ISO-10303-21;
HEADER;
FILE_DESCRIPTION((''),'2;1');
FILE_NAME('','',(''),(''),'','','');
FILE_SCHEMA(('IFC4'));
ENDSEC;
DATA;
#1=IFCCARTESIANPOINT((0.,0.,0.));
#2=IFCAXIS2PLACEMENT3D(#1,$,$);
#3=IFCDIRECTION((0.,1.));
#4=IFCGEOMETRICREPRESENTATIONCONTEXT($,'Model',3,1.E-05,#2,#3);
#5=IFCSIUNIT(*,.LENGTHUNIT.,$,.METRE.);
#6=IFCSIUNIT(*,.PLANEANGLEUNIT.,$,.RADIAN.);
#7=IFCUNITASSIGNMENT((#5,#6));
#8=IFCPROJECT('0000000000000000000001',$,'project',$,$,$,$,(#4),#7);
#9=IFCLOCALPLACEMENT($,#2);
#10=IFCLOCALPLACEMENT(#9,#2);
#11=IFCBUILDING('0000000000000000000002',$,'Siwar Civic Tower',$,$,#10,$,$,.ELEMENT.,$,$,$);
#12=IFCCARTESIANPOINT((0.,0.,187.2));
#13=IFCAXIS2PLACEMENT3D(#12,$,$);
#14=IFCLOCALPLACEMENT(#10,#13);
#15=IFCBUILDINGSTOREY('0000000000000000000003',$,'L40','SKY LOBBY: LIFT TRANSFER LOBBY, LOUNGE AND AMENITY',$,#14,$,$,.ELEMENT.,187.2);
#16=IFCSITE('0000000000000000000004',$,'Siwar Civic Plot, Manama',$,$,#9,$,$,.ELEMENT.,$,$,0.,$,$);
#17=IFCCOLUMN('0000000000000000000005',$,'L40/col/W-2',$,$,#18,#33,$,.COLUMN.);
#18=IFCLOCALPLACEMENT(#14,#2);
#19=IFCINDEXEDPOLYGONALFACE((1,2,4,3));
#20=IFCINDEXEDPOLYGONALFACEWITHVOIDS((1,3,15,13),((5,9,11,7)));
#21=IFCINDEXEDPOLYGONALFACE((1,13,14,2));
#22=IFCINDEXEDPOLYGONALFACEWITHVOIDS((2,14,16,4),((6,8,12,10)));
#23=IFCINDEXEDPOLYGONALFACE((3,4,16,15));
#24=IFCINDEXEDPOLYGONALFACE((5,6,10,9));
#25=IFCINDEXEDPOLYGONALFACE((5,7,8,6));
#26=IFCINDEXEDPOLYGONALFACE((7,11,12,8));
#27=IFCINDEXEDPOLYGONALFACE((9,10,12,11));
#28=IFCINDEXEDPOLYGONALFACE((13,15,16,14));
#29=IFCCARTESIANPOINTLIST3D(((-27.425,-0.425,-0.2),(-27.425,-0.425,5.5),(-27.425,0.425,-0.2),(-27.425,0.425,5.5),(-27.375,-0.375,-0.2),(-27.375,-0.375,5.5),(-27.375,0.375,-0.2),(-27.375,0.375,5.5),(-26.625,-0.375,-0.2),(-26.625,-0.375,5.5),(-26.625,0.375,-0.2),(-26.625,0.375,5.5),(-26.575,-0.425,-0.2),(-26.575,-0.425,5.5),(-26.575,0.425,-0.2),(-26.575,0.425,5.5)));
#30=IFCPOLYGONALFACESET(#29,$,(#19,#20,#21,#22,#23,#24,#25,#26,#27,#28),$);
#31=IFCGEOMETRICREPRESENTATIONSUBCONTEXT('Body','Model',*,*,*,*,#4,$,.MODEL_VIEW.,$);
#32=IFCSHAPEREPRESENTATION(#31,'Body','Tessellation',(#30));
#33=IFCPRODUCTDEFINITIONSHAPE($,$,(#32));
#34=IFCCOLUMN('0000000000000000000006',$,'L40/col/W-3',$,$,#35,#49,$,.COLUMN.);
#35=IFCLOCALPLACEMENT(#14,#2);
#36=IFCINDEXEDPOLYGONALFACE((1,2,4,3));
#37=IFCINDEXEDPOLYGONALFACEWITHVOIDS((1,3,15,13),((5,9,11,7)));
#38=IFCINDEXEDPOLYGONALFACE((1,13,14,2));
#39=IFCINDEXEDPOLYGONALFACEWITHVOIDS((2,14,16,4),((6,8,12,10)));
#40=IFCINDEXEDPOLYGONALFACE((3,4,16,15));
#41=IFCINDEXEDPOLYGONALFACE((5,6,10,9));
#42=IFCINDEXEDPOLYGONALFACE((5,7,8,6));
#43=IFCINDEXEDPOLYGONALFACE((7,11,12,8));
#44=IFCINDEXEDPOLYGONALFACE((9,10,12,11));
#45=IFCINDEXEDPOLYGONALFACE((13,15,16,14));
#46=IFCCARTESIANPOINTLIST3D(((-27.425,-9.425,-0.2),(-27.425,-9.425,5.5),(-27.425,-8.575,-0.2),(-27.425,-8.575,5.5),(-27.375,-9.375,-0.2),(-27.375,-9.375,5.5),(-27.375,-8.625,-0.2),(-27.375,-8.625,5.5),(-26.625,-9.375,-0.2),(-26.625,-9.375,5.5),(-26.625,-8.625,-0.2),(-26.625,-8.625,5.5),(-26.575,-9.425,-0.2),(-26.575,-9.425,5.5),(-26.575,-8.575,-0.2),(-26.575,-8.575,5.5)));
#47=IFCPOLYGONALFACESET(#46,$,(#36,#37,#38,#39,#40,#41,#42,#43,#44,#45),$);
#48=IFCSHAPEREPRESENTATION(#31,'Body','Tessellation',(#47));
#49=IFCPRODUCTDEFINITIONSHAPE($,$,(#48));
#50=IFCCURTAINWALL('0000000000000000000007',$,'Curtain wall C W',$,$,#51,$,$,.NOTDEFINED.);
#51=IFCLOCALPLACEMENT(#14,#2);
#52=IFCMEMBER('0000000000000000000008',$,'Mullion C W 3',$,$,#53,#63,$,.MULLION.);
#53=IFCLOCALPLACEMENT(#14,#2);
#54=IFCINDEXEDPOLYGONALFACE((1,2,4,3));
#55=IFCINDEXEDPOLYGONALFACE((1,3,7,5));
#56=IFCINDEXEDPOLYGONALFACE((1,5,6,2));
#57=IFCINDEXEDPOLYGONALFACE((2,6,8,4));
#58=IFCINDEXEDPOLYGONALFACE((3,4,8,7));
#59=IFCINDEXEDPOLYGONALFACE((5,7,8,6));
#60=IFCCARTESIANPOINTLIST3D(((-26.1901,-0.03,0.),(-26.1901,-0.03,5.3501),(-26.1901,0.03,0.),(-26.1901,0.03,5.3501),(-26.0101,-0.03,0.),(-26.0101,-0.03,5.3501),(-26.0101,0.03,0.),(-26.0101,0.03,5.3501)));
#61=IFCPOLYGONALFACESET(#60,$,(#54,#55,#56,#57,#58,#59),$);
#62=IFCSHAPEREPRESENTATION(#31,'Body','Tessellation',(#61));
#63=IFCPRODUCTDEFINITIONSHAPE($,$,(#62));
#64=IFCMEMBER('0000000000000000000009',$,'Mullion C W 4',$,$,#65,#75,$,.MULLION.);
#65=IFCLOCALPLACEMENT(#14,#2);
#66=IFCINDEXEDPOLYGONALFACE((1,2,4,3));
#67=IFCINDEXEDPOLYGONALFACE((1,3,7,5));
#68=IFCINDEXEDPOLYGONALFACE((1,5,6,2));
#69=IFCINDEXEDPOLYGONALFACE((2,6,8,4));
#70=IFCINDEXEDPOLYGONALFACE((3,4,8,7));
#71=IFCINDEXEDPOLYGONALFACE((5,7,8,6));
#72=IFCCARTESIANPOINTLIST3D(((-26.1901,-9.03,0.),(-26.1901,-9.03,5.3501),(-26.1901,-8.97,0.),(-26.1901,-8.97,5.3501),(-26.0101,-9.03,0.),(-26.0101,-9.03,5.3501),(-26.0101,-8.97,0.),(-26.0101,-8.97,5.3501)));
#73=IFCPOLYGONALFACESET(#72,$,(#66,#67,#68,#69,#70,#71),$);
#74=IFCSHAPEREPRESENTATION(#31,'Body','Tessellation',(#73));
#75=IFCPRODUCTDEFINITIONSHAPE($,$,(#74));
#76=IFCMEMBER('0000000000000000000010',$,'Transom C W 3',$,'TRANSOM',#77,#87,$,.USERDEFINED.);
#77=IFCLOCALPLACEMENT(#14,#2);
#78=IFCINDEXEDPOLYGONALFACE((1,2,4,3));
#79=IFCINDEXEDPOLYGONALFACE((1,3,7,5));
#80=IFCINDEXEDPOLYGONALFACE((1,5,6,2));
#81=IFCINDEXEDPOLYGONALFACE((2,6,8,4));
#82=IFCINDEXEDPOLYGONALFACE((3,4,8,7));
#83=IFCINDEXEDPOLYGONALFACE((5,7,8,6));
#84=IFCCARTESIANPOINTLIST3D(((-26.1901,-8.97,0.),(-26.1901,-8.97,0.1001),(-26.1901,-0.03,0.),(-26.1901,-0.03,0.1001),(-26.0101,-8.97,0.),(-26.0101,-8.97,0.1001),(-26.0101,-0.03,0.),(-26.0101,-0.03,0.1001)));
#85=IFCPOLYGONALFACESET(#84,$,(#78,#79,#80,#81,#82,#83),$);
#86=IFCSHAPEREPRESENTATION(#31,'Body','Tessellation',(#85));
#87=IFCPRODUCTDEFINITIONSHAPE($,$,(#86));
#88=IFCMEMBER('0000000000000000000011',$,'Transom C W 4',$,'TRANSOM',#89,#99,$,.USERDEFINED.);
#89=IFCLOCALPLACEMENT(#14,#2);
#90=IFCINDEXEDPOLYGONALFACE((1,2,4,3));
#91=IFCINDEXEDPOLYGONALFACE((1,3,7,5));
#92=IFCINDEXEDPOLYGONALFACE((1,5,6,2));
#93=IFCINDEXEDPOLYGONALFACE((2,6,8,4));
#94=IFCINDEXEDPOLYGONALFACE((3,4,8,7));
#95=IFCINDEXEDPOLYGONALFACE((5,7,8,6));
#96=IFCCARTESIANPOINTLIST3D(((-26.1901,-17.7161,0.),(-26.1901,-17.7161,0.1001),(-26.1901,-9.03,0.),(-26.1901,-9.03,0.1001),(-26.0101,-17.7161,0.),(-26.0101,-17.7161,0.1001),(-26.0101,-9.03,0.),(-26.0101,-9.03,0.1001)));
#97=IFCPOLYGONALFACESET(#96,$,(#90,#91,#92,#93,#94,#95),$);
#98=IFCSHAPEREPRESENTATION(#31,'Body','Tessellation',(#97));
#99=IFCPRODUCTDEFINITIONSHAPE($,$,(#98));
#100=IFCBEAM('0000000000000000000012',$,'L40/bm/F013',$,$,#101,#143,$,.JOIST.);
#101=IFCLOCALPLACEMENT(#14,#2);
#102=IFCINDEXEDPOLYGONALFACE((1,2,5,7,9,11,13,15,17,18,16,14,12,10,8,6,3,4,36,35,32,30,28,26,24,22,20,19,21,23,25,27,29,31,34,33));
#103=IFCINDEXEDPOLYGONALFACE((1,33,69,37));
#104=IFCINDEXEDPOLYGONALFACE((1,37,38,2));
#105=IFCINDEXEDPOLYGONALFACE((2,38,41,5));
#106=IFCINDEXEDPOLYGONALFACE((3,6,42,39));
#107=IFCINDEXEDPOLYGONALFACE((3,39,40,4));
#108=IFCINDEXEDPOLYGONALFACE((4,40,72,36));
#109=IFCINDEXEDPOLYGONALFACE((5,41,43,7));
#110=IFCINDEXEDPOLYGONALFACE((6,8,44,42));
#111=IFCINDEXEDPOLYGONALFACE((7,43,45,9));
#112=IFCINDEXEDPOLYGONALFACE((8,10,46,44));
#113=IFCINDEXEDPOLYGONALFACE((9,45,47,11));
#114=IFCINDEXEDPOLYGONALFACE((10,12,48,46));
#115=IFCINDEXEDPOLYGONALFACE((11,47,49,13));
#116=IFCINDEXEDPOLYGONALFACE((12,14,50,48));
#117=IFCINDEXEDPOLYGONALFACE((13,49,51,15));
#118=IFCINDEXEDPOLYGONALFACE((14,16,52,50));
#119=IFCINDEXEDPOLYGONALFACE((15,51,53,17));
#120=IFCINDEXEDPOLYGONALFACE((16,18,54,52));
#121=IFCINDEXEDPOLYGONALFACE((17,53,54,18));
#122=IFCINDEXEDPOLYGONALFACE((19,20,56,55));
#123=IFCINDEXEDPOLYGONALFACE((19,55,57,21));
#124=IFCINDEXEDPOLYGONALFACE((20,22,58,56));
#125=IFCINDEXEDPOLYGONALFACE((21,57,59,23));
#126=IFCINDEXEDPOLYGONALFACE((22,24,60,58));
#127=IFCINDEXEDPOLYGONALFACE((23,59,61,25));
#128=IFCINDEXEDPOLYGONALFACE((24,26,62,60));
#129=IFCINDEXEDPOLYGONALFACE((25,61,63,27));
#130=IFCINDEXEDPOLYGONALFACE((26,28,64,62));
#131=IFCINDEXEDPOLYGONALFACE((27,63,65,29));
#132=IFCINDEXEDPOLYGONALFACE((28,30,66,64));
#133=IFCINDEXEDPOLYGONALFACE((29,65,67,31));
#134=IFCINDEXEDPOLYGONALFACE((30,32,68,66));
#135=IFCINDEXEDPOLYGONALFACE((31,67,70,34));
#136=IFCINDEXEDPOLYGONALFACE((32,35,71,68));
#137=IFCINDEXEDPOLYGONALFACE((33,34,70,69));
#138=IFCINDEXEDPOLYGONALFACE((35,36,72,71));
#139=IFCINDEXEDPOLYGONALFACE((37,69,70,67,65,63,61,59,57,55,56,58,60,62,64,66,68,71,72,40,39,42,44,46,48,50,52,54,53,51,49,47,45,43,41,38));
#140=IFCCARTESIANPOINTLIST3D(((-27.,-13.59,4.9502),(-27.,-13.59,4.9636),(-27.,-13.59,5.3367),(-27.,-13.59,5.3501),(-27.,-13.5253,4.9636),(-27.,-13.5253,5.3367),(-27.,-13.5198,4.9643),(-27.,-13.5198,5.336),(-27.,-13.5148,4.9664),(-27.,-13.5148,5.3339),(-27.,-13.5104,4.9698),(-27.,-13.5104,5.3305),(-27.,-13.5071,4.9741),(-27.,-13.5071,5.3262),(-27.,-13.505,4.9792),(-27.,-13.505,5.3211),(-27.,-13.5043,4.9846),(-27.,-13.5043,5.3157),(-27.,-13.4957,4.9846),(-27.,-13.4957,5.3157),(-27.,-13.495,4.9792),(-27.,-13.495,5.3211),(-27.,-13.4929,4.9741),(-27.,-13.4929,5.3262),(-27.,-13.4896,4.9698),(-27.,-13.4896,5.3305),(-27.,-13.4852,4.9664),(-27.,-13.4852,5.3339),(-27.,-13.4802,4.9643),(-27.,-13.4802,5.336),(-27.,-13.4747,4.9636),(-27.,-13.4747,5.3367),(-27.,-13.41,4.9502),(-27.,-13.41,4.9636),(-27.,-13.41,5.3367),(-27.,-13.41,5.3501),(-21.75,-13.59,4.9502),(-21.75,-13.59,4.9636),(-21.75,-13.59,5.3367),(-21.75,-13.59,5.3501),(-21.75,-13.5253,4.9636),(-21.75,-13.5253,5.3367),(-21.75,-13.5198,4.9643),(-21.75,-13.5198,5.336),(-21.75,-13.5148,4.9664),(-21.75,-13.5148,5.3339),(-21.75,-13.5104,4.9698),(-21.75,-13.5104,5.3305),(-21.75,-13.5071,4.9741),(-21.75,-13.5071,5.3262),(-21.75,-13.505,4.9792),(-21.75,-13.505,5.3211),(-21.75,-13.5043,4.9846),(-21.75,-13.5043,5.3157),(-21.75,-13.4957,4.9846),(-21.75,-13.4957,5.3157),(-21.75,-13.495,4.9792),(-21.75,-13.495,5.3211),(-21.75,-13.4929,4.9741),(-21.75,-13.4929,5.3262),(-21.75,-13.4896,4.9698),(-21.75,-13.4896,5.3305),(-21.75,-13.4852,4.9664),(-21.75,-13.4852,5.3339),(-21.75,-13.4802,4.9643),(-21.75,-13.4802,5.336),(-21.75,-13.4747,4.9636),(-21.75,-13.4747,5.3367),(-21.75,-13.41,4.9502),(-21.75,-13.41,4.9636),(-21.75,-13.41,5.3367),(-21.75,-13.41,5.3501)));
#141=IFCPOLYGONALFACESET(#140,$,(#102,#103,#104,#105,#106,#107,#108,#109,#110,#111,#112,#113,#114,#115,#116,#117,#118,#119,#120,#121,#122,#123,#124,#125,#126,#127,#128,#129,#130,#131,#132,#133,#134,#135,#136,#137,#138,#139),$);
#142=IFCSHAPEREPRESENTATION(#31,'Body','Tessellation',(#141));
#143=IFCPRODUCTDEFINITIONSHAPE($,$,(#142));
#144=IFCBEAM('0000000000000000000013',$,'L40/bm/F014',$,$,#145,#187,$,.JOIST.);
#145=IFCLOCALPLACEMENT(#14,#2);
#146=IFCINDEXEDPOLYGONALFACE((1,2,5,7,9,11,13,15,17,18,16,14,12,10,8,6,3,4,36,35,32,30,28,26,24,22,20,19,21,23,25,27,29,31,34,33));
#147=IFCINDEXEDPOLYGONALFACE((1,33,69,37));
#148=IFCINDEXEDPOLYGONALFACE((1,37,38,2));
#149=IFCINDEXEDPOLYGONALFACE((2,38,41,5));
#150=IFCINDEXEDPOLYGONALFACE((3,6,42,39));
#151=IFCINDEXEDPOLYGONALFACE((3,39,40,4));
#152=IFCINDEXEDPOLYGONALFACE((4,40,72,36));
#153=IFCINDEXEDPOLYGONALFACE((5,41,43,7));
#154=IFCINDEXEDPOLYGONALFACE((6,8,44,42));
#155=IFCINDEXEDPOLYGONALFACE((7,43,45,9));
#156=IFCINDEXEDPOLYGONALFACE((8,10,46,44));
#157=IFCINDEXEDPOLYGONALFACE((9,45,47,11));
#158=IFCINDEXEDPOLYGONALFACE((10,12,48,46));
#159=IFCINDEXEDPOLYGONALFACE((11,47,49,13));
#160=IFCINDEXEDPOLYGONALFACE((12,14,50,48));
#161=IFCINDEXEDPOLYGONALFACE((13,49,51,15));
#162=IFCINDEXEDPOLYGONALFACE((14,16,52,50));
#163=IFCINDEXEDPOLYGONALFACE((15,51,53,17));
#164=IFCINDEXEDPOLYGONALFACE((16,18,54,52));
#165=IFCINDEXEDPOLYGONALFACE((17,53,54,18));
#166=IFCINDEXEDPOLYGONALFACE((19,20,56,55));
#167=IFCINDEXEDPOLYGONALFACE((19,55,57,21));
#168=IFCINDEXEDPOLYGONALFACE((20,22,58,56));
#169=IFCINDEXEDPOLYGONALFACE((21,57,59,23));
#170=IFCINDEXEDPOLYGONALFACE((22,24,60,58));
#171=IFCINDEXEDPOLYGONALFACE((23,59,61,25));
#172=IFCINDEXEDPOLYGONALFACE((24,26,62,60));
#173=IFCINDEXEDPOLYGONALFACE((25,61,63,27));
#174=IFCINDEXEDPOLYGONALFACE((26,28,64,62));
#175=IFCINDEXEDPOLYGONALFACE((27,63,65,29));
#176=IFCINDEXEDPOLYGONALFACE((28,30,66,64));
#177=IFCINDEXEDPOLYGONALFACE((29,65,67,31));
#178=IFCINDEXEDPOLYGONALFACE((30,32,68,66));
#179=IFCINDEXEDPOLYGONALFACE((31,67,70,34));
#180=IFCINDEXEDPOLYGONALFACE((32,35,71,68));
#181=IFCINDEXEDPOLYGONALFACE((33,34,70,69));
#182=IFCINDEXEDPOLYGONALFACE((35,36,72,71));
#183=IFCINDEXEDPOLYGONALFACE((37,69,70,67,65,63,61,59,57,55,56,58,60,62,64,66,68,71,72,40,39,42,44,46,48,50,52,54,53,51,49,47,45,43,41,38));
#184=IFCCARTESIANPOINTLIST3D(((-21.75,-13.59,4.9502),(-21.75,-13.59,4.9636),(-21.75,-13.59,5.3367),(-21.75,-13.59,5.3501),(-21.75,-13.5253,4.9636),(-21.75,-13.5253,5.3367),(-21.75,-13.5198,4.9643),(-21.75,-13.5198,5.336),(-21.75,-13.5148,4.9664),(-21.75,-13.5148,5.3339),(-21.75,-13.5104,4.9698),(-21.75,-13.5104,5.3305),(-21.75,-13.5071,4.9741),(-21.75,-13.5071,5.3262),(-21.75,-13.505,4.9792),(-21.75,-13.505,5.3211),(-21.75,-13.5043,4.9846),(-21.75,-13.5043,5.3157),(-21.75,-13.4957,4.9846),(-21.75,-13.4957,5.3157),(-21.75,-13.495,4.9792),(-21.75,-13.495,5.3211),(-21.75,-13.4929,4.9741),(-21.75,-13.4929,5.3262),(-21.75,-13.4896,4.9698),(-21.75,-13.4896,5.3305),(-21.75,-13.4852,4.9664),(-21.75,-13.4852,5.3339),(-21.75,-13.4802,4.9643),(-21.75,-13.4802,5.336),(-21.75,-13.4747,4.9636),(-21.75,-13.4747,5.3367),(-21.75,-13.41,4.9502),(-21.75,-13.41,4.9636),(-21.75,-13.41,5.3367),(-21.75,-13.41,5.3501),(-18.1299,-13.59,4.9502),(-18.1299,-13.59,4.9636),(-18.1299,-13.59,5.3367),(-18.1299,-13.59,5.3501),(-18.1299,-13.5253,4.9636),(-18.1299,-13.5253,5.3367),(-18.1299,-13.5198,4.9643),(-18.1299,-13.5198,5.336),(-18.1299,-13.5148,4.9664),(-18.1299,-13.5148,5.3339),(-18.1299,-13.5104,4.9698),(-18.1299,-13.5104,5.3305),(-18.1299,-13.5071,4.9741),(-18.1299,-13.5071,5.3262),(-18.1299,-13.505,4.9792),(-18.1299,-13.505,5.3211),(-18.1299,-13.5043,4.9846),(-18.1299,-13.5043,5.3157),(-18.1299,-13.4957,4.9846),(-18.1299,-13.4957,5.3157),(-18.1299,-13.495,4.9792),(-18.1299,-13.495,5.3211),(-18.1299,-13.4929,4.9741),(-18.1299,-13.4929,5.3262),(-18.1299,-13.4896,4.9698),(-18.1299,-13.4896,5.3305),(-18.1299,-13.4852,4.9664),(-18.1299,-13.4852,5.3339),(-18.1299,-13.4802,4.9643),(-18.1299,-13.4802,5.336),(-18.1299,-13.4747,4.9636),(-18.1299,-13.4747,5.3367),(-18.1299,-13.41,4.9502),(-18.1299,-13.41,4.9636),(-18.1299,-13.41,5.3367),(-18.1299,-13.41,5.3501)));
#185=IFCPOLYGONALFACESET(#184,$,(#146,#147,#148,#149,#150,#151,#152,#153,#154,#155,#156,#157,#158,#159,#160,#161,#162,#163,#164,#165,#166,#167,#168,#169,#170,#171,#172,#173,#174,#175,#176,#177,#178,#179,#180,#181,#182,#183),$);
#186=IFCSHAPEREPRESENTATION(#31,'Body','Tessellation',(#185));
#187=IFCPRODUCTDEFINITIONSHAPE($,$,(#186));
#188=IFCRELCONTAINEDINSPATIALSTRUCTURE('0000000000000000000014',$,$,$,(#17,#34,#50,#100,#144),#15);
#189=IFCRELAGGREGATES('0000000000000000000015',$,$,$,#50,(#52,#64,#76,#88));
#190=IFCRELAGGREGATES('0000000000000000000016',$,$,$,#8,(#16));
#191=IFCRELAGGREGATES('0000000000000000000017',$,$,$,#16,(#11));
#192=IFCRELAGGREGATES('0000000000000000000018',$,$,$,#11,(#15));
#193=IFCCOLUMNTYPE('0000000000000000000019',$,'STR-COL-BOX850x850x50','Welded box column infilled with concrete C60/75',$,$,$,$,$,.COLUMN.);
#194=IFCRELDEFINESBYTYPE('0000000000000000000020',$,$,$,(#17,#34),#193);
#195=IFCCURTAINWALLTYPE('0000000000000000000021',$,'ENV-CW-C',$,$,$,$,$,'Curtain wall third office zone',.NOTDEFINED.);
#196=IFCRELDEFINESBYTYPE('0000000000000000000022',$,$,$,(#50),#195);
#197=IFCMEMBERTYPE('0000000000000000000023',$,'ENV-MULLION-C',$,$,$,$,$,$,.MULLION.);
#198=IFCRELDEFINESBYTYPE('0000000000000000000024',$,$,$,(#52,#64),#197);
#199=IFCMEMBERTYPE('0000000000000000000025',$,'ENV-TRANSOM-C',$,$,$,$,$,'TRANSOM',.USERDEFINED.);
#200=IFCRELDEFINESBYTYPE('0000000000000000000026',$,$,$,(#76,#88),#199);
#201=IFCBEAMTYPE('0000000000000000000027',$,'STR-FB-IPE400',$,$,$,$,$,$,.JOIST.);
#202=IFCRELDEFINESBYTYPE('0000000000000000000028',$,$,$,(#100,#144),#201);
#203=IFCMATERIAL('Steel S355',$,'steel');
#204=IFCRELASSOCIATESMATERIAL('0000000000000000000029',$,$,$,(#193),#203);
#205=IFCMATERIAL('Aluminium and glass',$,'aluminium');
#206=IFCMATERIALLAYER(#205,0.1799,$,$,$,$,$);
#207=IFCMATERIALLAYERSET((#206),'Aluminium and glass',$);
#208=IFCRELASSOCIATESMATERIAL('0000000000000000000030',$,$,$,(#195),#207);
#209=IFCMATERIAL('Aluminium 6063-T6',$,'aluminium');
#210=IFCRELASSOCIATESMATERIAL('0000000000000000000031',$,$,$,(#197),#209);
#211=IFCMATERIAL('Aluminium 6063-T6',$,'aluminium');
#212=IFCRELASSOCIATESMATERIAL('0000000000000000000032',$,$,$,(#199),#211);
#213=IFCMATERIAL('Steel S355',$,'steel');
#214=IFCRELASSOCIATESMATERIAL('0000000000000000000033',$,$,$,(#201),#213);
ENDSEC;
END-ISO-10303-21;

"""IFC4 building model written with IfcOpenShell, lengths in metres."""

from ifc_helpers import new_model, si_unit, direction, frame, origin, origin_2d, place, context, subcontext, project, spatial, rectangle, hollow_rectangle, i_section, extrude, material, layer, layer_set, material_profile, profile_set, type_object, element, aggregate, save


model = new_model("IFC4")

# Units and contexts
model_context = context("Model", 3, precision=1e-05, world=origin(), true_north=direction((0.0, 1.0)))
body_context = subcontext(model_context, "Body", "Model", "MODEL_VIEW")
ifc_project = project(units=[si_unit("LENGTHUNIT", "METRE"), si_unit("PLANEANGLEUNIT", "RADIAN")], contexts=[model_context])

# Site, building, storey
site_placement = place(None, origin())
site = spatial("IfcSite", under=ifc_project, at=site_placement, Name="Siwar Civic Plot, Manama", CompositionType="ELEMENT", RefElevation=0.0)
building_placement = place(site_placement, origin())
building = spatial("IfcBuilding", under=site, at=building_placement, Name="Siwar Civic Tower", CompositionType="ELEMENT")
storey_placement = place(building_placement, frame((0.0, 0.0, 187.2)))
storey = spatial("IfcBuildingStorey", under=building, at=storey_placement, Name="L40", Description="SKY LOBBY: LIFT TRANSFER LOBBY, LOUNGE AND AMENITY", CompositionType="ELEMENT", Elevation=187.2)

# Columns
ifc_material_1 = material(Name="Steel S355", Category="steel")
ifc_material_profile_1 = material_profile(ifc_material_1, hollow_rectangle(XDim=0.8501, YDim=0.8501, WallThickness=0.05, at=origin_2d()), Name="BOX850x850x50")
ifc_profile_set_1 = profile_set([ifc_material_profile_1], Name="Steel S355")
column_type = type_object("IfcColumnType", Name="STR-COL-BOX850x850x50", Description="Welded box column infilled with concrete C60/75", PredefinedType="COLUMN", material=ifc_profile_set_1)
for number, where, z_axis, x_axis, name in (
    (1, (-27.0, 0.0, -0.2), (0.0, 0.0, 1.0), (1.0, 0.0, 0.0), "L40/col/W-2"),
    (2, (-27.0, -9.0, -0.2), (0.0, 0.0, 1.0), (1.0, 0.0, 0.0), "L40/col/W-3"),
):
    element("IfcColumn", number, at=place(storey_placement, frame(where, z_axis=z_axis, x_axis=x_axis)), inside=storey, type_object=column_type, Name=name, PredefinedType="COLUMN", context=body_context, shape_type="SweptSolid", body=[
        extrude(hollow_rectangle(XDim=0.8501, YDim=0.8501, WallThickness=0.05, at=origin_2d()), origin(), (0.0, 0.0, 1.0), 5.7),
    ])

# Curtain wall, members
ifc_material_2 = material(Name="Aluminium and glass", Category="aluminium")
ifc_layer_1 = layer(ifc_material_2, 0.1799)
ifc_layer_set_1 = layer_set([ifc_layer_1], Name="Aluminium and glass")
curtain_wall_type = type_object("IfcCurtainWallType", Name="ENV-CW-C", ElementType="Curtain wall third office zone", PredefinedType="NOTDEFINED", material=ifc_layer_set_1)
curtain_wall_placement = place(storey_placement, origin())
curtain_wall = element("IfcCurtainWall", 3, at=curtain_wall_placement, inside=storey, type_object=curtain_wall_type, Name="Curtain wall C W", PredefinedType="NOTDEFINED")
ifc_material_3 = material(Name="Aluminium 6063-T6", Category="aluminium")
ifc_material_profile_2 = material_profile(ifc_material_3, rectangle(XDim=0.1799, YDim=0.0601, at=origin_2d()), Name="AL 180x60")
ifc_profile_set_2 = profile_set([ifc_material_profile_2], Name="Aluminium 6063-T6")
member_type_1 = type_object("IfcMemberType", Name="ENV-MULLION-C", PredefinedType="MULLION", material=ifc_profile_set_2)
member_1_placement = place(storey_placement, frame((-26.1001, 0.0, 0.0), z_axis=(0.0, 0.0, 1.0), x_axis=(1.0, 0.0, 0.0)))
member_1 = element("IfcMember", 4, at=member_1_placement, type_object=member_type_1, Name="Mullion C W 3", PredefinedType="MULLION", context=body_context, shape_type="SweptSolid", body=[
    extrude(rectangle(XDim=0.1799, YDim=0.0601, at=origin_2d()), origin(), (0.0, 0.0, 1.0), 5.3501),
])
member_2_placement = place(storey_placement, frame((-26.1001, -9.0, 0.0), z_axis=(0.0, 0.0, 1.0), x_axis=(1.0, 0.0, 0.0)))
member_2 = element("IfcMember", 5, at=member_2_placement, type_object=member_type_1, Name="Mullion C W 4", PredefinedType="MULLION", context=body_context, shape_type="SweptSolid", body=[
    extrude(rectangle(XDim=0.1799, YDim=0.0601, at=origin_2d()), origin(), (0.0, 0.0, 1.0), 5.3501),
])
ifc_material_4 = material(Name="Aluminium 6063-T6", Category="aluminium")
ifc_material_profile_3 = material_profile(ifc_material_4, rectangle(XDim=0.1799, YDim=0.1001, at=origin_2d()), Name="AL 180x100")
ifc_profile_set_3 = profile_set([ifc_material_profile_3], Name="Aluminium 6063-T6")
member_type_2 = type_object("IfcMemberType", Name="ENV-TRANSOM-C", ElementType="TRANSOM", PredefinedType="USERDEFINED", material=ifc_profile_set_3)
member_3_placement = place(storey_placement, frame((-26.1001, -0.03, 0.05), z_axis=(0.0, -1.0, 0.0), x_axis=(1.0, 0.0, 0.0)))
member_3 = element("IfcMember", 6, at=member_3_placement, type_object=member_type_2, Name="Transom C W 3", ObjectType="TRANSOM", PredefinedType="USERDEFINED", context=body_context, shape_type="SweptSolid", body=[
    extrude(rectangle(XDim=0.1799, YDim=0.1001, at=origin_2d()), origin(), (0.0, 0.0, 1.0), 8.9399),
])
member_4_placement = place(storey_placement, frame((-26.1001, -9.03, 0.05), z_axis=(0.0, -1.0, 0.0), x_axis=(1.0, 0.0, 0.0)))
member_4 = element("IfcMember", 7, at=member_4_placement, type_object=member_type_2, Name="Transom C W 4", ObjectType="TRANSOM", PredefinedType="USERDEFINED", context=body_context, shape_type="SweptSolid", body=[
    extrude(rectangle(XDim=0.1799, YDim=0.1001, at=origin_2d()), origin(), (0.0, 0.0, 1.0), 8.686),
])

# Beams
ifc_material_5 = material(Name="Steel S355", Category="steel")
ifc_material_profile_4 = material_profile(ifc_material_5, i_section(OverallWidth=0.1799, OverallDepth=0.3999, WebThickness=0.0085, FlangeThickness=0.0134, FilletRadius=0.021, at=origin_2d()), Name="IPE400")
ifc_profile_set_4 = profile_set([ifc_material_profile_4], Name="Steel S355")
beam_type_1 = type_object("IfcBeamType", Name="STR-FB-IPE400", PredefinedType="JOIST", material=ifc_profile_set_4)
beam_1_placement = place(storey_placement, frame((-27.0, -13.5, 5.1501), z_axis=(1.0, 0.0, 0.0), x_axis=(0.0, 1.0, 0.0)))
element("IfcBeam", 8, at=beam_1_placement, inside=storey, type_object=beam_type_1, Name="L40/bm/F013", PredefinedType="JOIST", context=body_context, shape_type="SweptSolid", body=[
    extrude(i_section(OverallWidth=0.1799, OverallDepth=0.3999, WebThickness=0.0085, FlangeThickness=0.0134, FilletRadius=0.021, at=origin_2d()), origin(), (0.0, 0.0, 1.0), 5.25),
])
beam_2_placement = place(storey_placement, frame((-21.75, -13.5, 5.1501), z_axis=(1.0, 0.0, 0.0), x_axis=(0.0, 1.0, 0.0)))
element("IfcBeam", 9, at=beam_2_placement, inside=storey, type_object=beam_type_1, Name="L40/bm/F014", PredefinedType="JOIST", context=body_context, shape_type="SweptSolid", body=[
    extrude(i_section(OverallWidth=0.1799, OverallDepth=0.3999, WebThickness=0.0085, FlangeThickness=0.0134, FilletRadius=0.021, at=origin_2d()), origin(), (0.0, 0.0, 1.0), 3.6201),
])

aggregate(curtain_wall, [member_1, member_2, member_3, member_4])

save(model, "model.ifc")
